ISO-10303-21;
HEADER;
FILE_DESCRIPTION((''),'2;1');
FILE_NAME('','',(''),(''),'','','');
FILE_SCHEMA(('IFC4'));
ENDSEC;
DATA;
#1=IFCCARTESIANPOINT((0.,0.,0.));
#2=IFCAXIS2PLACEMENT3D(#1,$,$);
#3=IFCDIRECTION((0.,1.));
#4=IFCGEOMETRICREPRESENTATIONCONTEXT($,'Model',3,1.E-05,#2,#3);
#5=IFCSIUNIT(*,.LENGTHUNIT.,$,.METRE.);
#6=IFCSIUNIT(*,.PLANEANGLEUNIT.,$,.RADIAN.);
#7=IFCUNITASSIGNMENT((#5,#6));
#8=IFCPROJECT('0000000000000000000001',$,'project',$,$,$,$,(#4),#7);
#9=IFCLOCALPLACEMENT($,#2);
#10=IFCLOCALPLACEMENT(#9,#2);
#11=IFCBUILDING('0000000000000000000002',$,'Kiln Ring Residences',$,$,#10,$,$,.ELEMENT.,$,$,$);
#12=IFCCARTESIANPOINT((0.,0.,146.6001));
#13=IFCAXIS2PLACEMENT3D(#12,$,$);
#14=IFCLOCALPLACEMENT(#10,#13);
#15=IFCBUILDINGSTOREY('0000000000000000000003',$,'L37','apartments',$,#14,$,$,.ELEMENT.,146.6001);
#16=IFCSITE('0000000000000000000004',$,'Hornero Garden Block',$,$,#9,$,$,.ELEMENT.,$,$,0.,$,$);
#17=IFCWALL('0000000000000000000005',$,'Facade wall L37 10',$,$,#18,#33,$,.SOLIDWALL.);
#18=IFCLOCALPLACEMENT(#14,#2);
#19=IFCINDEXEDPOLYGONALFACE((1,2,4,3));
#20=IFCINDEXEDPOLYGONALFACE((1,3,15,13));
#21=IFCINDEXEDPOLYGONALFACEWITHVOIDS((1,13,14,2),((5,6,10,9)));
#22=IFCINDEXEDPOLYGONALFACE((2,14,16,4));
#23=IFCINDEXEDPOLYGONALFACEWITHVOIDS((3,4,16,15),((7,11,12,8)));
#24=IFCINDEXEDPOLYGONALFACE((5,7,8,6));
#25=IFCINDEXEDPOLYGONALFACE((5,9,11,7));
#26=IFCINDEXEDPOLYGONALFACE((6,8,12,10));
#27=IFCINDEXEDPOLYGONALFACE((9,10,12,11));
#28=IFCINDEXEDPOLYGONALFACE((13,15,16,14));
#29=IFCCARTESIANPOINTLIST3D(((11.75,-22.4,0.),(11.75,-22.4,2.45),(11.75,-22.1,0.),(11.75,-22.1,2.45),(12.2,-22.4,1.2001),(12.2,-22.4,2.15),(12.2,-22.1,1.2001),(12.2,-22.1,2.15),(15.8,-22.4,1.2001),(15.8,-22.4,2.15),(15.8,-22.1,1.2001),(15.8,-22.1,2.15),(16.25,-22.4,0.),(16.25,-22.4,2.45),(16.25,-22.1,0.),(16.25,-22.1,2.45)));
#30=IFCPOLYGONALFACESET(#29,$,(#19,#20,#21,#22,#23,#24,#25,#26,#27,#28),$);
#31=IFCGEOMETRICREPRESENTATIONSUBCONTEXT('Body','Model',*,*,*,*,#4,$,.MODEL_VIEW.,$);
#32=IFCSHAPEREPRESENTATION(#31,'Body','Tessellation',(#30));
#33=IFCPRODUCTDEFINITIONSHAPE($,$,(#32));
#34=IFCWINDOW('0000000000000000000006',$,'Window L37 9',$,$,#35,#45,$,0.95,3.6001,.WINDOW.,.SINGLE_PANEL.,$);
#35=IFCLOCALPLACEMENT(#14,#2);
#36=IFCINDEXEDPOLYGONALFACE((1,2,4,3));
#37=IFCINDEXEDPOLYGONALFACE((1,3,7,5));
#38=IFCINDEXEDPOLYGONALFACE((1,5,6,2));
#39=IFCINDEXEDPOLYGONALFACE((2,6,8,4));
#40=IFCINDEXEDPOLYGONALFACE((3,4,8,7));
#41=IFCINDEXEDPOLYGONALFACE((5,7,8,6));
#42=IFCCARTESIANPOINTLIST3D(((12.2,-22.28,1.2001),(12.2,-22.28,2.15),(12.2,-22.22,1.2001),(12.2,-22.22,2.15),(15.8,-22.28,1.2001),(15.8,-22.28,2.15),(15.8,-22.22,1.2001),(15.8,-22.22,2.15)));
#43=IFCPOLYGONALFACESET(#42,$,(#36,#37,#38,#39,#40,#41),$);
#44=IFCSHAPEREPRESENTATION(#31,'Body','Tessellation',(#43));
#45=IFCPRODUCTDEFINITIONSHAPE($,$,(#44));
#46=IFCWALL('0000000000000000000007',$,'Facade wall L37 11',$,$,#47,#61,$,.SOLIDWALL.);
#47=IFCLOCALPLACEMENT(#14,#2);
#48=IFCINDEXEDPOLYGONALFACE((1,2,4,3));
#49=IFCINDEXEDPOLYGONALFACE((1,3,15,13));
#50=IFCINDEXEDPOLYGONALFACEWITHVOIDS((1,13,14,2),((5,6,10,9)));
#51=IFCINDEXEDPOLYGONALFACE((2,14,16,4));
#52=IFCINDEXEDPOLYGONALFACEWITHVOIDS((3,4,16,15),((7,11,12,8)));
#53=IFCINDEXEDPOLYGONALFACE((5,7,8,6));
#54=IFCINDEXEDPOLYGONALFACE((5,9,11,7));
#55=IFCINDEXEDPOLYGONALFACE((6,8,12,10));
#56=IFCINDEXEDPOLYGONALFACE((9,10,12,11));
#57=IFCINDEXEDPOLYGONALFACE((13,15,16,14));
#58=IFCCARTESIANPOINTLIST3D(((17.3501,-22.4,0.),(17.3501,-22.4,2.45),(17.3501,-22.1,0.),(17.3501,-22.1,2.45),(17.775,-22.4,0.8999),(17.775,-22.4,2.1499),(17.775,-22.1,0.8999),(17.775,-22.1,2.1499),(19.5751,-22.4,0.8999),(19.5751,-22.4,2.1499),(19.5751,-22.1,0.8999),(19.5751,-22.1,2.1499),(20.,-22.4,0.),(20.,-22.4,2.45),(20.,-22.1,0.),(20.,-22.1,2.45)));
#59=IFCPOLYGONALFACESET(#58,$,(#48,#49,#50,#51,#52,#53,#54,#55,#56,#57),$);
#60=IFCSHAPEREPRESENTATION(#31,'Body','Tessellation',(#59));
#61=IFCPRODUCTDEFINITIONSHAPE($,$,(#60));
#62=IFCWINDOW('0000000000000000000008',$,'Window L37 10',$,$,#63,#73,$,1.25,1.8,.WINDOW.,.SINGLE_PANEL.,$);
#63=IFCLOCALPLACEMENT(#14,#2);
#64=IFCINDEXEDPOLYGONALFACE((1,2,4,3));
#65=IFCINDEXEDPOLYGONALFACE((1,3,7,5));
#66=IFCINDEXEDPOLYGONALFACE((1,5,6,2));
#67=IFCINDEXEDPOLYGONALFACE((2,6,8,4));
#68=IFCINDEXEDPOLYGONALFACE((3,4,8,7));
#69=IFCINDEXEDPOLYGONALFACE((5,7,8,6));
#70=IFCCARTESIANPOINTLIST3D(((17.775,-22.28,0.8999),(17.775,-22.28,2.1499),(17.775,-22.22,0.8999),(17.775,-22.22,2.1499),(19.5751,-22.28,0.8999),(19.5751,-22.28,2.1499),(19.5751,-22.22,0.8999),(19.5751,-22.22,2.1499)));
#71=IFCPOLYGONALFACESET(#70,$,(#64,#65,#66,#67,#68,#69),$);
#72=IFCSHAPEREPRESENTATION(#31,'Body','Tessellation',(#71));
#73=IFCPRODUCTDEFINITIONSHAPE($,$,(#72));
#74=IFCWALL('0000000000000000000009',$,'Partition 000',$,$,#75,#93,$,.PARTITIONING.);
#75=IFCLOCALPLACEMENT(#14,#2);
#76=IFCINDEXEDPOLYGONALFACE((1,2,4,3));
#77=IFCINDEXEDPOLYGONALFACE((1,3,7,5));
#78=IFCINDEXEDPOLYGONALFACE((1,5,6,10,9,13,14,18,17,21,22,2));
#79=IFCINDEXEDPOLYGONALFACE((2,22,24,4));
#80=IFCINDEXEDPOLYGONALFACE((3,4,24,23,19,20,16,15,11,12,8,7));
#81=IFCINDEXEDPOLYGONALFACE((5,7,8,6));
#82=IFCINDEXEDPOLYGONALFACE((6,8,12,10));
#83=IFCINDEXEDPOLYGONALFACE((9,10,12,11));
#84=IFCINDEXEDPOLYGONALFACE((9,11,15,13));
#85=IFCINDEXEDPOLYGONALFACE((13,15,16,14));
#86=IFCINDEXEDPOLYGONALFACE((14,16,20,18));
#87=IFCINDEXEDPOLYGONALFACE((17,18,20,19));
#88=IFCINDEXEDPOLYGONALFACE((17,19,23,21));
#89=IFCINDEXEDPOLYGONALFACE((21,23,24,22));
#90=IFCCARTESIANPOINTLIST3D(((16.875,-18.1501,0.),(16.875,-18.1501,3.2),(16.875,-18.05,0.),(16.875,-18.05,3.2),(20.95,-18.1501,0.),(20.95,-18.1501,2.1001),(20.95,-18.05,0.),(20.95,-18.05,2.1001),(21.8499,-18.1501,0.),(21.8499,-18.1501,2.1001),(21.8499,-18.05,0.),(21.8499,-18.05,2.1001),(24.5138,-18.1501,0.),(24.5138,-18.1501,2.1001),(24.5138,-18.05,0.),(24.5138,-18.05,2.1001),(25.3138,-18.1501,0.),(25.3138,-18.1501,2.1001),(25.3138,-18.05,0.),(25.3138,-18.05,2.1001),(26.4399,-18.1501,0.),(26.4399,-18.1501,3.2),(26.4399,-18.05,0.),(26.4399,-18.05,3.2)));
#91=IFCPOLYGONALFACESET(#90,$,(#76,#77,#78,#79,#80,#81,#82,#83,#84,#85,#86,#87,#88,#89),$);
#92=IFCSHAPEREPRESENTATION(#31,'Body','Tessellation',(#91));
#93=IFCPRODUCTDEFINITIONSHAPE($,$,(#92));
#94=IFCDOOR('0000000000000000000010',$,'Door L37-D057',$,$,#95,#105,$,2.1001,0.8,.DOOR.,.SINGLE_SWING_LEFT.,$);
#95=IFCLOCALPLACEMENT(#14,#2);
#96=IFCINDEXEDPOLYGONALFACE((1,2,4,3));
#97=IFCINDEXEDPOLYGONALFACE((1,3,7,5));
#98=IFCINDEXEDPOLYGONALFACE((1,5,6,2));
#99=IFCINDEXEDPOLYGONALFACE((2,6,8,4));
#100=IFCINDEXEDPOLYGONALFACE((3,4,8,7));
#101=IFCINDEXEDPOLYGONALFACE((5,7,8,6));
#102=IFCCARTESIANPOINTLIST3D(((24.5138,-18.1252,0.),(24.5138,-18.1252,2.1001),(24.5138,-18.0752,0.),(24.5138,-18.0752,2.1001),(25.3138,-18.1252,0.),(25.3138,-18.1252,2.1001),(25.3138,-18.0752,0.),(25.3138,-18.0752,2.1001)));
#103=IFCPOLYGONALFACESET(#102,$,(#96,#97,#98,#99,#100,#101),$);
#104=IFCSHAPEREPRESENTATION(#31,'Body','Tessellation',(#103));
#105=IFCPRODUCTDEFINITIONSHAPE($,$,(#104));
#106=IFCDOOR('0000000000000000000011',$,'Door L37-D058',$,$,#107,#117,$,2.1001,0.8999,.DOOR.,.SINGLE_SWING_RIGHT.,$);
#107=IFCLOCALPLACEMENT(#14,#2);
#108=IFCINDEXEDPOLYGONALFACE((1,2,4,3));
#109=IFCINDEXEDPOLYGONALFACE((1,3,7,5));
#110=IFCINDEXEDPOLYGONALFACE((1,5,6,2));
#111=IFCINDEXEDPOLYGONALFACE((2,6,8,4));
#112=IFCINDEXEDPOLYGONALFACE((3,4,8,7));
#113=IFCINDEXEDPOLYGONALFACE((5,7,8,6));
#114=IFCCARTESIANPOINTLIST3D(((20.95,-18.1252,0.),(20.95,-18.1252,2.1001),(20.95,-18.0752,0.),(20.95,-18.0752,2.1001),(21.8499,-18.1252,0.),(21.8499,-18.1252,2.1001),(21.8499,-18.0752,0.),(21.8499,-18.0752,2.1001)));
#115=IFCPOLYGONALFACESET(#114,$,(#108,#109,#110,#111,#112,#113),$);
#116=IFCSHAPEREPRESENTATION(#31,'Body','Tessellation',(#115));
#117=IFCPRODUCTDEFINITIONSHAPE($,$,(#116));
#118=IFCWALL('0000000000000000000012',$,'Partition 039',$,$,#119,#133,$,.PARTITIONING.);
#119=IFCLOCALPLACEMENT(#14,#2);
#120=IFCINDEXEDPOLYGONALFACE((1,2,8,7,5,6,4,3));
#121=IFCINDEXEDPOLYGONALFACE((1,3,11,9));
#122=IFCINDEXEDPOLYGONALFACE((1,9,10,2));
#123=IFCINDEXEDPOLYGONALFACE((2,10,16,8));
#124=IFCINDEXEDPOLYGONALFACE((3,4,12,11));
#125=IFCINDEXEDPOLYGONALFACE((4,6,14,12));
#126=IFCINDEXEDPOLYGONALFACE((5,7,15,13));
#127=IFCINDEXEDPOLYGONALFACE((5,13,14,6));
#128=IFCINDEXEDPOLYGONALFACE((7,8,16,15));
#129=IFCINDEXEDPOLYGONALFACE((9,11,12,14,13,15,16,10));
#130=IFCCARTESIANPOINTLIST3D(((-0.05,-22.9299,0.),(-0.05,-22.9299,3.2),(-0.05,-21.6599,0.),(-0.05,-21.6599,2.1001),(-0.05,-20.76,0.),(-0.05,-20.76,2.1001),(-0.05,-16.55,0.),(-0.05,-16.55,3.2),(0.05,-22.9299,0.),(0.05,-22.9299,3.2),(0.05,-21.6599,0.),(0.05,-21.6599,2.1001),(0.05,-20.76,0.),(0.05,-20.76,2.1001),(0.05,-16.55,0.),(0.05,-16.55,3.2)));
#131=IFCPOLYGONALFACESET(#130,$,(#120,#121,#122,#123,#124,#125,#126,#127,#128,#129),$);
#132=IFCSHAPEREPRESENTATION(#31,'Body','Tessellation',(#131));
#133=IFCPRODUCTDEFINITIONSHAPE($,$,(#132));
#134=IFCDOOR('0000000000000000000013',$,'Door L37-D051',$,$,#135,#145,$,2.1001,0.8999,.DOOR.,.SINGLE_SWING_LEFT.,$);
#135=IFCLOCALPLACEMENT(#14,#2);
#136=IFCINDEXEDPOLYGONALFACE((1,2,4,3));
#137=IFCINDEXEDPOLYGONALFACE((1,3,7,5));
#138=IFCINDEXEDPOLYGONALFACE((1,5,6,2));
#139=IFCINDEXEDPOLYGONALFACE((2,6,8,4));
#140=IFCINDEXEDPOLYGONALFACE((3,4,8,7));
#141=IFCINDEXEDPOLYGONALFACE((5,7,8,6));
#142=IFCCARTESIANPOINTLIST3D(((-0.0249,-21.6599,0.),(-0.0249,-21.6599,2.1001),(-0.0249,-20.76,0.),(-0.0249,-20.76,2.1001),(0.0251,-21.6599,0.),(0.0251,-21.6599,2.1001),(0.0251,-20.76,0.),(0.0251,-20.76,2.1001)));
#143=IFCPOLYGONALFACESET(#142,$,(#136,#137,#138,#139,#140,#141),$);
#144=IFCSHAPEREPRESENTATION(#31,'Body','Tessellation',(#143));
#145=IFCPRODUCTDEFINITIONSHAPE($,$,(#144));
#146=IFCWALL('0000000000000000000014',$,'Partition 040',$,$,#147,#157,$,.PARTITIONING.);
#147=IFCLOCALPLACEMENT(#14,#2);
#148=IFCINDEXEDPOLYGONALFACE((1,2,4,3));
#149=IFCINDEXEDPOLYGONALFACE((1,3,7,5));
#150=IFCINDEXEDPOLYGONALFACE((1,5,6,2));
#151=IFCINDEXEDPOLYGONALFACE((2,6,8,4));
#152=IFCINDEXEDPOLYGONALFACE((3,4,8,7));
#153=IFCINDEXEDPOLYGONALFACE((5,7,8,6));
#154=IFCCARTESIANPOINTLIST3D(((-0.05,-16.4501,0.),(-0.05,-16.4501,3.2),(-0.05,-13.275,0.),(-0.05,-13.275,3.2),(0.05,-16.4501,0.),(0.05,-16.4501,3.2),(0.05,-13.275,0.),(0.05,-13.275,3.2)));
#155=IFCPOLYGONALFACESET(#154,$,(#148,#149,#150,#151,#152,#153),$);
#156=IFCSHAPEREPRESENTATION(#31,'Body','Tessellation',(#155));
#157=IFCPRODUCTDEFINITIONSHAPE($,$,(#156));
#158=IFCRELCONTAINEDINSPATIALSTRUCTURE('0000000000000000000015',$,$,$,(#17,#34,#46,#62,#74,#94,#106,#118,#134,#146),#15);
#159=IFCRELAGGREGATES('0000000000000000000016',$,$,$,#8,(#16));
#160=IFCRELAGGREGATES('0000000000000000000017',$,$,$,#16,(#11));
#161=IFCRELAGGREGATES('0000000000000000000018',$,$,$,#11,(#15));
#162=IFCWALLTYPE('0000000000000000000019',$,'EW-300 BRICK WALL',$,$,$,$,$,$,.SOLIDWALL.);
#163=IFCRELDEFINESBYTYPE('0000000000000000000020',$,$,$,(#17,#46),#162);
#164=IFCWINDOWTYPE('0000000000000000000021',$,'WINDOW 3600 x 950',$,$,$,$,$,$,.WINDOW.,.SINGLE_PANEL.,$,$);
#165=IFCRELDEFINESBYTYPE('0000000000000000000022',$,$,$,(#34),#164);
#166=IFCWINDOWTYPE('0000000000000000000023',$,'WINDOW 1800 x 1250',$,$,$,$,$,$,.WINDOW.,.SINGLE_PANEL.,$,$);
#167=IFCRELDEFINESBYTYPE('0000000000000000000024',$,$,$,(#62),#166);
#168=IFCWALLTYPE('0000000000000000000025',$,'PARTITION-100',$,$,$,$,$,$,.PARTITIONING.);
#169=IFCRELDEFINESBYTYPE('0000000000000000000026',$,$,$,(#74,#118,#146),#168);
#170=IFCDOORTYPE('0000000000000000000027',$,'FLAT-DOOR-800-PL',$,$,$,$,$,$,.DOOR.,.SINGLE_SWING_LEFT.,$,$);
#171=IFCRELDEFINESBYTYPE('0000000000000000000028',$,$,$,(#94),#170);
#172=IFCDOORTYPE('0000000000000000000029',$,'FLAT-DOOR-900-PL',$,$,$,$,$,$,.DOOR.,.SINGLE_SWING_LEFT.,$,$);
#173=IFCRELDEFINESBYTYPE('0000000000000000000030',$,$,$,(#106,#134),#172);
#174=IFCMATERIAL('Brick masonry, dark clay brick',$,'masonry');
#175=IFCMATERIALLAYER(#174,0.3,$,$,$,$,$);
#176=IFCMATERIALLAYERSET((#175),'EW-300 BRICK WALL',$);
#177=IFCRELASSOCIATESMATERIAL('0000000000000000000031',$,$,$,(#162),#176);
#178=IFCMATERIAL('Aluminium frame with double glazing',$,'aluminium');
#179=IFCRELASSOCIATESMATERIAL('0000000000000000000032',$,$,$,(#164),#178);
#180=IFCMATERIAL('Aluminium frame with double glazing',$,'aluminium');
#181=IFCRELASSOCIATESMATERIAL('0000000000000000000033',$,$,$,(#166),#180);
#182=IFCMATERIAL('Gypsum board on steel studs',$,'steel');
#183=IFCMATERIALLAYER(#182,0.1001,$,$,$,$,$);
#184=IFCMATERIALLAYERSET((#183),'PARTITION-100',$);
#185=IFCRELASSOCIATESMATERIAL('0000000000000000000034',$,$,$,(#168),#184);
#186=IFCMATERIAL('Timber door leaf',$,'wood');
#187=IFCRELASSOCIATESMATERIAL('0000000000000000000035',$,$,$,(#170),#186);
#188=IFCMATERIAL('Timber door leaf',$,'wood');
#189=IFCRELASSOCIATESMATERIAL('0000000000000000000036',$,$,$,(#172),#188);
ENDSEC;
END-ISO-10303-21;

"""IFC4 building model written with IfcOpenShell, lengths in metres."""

from ifc_helpers import new_model, si_unit, direction, frame, frame_2d, origin, place, context, subcontext, project, spatial, rectangle, extrude, material, layer, layer_set, type_object, element, fill, save


model = new_model("IFC4")

# Units and contexts
model_context = context("Model", 3, precision=1e-05, world=origin(), true_north=direction((0.0, 1.0)))
body_context = subcontext(model_context, "Body", "Model", "MODEL_VIEW")
ifc_project = project(units=[si_unit("LENGTHUNIT", "METRE"), si_unit("PLANEANGLEUNIT", "RADIAN")], contexts=[model_context])

# Site, building, storey
site_placement = place(None, origin())
site = spatial("IfcSite", under=ifc_project, at=site_placement, Name="Hornero Garden Block", CompositionType="ELEMENT", RefElevation=0.0)
building_placement = place(site_placement, origin())
building = spatial("IfcBuilding", under=site, at=building_placement, Name="Kiln Ring Residences", CompositionType="ELEMENT")
storey_placement = place(building_placement, frame((0.0, 0.0, 146.6001)))
storey = spatial("IfcBuildingStorey", under=building, at=storey_placement, Name="L37", Description="apartments", CompositionType="ELEMENT", Elevation=146.6001)

# Walls, openings, windows
ifc_material_1 = material(Name="Brick masonry, dark clay brick", Category="masonry")
ifc_layer_1 = layer(ifc_material_1, 0.3)
ifc_layer_set_1 = layer_set([ifc_layer_1], Name="EW-300 BRICK WALL")
wall_type_1 = type_object("IfcWallType", Name="EW-300 BRICK WALL", PredefinedType="SOLIDWALL", material=ifc_layer_set_1)
ifc_material_2 = material(Name="Aluminium frame with double glazing", Category="aluminium")
window_type_1 = type_object("IfcWindowType", Name="WINDOW 3600 x 950", PartitioningType="SINGLE_PANEL", PredefinedType="WINDOW", material=ifc_material_2)
wall_1_placement = place(storey_placement, frame((11.75, -22.25, 0.0), z_axis=(0.0, 0.0, 1.0), x_axis=(1.0, 0.0, 0.0)))
wall_1 = element("IfcWall", 1, at=wall_1_placement, inside=storey, type_object=wall_type_1, Name="Facade wall L37 10", PredefinedType="SOLIDWALL", context=body_context, shape_type="SweptSolid", body=[
    extrude(rectangle(XDim=4.5, YDim=0.3, at=frame_2d((2.25, 0.0))), origin(), (0.0, 0.0, 1.0), 2.45),
])
opening_1_placement = place(wall_1_placement, frame((0.45, 0.0, 1.2)))
opening_1 = element("IfcOpeningElement", 2, at=opening_1_placement, cuts=wall_1, PredefinedType="OPENING", context=body_context, shape_type="SweptSolid", body=[
    extrude(rectangle(XDim=3.6001, YDim=0.95, at=frame_2d((1.8, 0.4751))), frame((0.0, 0.1599, 0.0), z_axis=(0.0, -1.0, 0.0), x_axis=(1.0, 0.0, 0.0)), (0.0, 0.0, 1.0), 0.3201),
])
window_1_placement = place(opening_1_placement, origin())
window_1 = element("IfcWindow", 3, at=window_1_placement, inside=storey, type_object=window_type_1, Name="Window L37 9", OverallHeight=0.95, OverallWidth=3.6001, PartitioningType="SINGLE_PANEL", PredefinedType="WINDOW", context=body_context, shape_type="SweptSolid", body=[
    extrude(rectangle(XDim=3.6001, YDim=0.95, at=frame_2d((1.8, 0.4751))), frame((0.0, 0.03, 0.0), z_axis=(0.0, -1.0, 0.0), x_axis=(1.0, 0.0, 0.0)), (0.0, 0.0, 1.0), 0.0601),
])
fill(opening_1, window_1)
wall_2_placement = place(storey_placement, frame((17.3501, -22.25, 0.0), z_axis=(0.0, 0.0, 1.0), x_axis=(1.0, 0.0, 0.0)))
wall_2 = element("IfcWall", 4, at=wall_2_placement, inside=storey, type_object=wall_type_1, Name="Facade wall L37 11", PredefinedType="SOLIDWALL", context=body_context, shape_type="SweptSolid", body=[
    extrude(rectangle(XDim=2.6499, YDim=0.3, at=frame_2d((1.325, 0.0))), origin(), (0.0, 0.0, 1.0), 2.45),
])
opening_2_placement = place(wall_2_placement, frame((0.425, 0.0, 0.8999)))
opening_2 = element("IfcOpeningElement", 5, at=opening_2_placement, cuts=wall_2, PredefinedType="OPENING", context=body_context, shape_type="SweptSolid", body=[
    extrude(rectangle(XDim=1.8, YDim=1.25, at=frame_2d((0.8999, 0.625))), frame((0.0, 0.1599, 0.0), z_axis=(0.0, -1.0, 0.0), x_axis=(1.0, 0.0, 0.0)), (0.0, 0.0, 1.0), 0.3201),
])
ifc_material_3 = material(Name="Aluminium frame with double glazing", Category="aluminium")
window_type_2 = type_object("IfcWindowType", Name="WINDOW 1800 x 1250", PartitioningType="SINGLE_PANEL", PredefinedType="WINDOW", material=ifc_material_3)
window_2_placement = place(opening_2_placement, origin())
window_2 = element("IfcWindow", 6, at=window_2_placement, inside=storey, type_object=window_type_2, Name="Window L37 10", OverallHeight=1.25, OverallWidth=1.8, PartitioningType="SINGLE_PANEL", PredefinedType="WINDOW", context=body_context, shape_type="SweptSolid", body=[
    extrude(rectangle(XDim=1.8, YDim=1.25, at=frame_2d((0.8999, 0.625))), frame((0.0, 0.03, 0.0), z_axis=(0.0, -1.0, 0.0), x_axis=(1.0, 0.0, 0.0)), (0.0, 0.0, 1.0), 0.0601),
])
fill(opening_2, window_2)

# Wall, openings, doors
ifc_material_4 = material(Name="Gypsum board on steel studs", Category="steel")
ifc_layer_2 = layer(ifc_material_4, 0.1001)
ifc_layer_set_2 = layer_set([ifc_layer_2], Name="PARTITION-100")
wall_type_2 = type_object("IfcWallType", Name="PARTITION-100", PredefinedType="PARTITIONING", material=ifc_layer_set_2)
wall_3_placement = place(storey_placement, frame((16.875, -18.1001, 0.0), z_axis=(0.0, 0.0, 1.0), x_axis=(1.0, 0.0, 0.0)))
wall_3 = element("IfcWall", 7, at=wall_3_placement, inside=storey, type_object=wall_type_2, Name="Partition 000", PredefinedType="PARTITIONING", context=body_context, shape_type="SweptSolid", body=[
    extrude(rectangle(XDim=9.5649, YDim=0.1001, at=frame_2d((4.7825, 0.0))), origin(), (0.0, 0.0, 1.0), 3.2),
])
opening_3_placement = place(wall_3_placement, frame((7.6389, 0.0, 0.0)))
opening_3 = element("IfcOpeningElement", 8, at=opening_3_placement, cuts=wall_3, PredefinedType="OPENING", context=body_context, shape_type="SweptSolid", body=[
    extrude(rectangle(XDim=0.8, YDim=2.1001, at=frame_2d((0.3999, 1.05))), frame((0.0, 0.0601, 0.0), z_axis=(0.0, -1.0, 0.0), x_axis=(1.0, 0.0, 0.0)), (0.0, 0.0, 1.0), 0.1201),
])
opening_4_placement = place(wall_3_placement, frame((4.075, 0.0, 0.0)))
opening_4 = element("IfcOpeningElement", 9, at=opening_4_placement, cuts=wall_3, PredefinedType="OPENING", context=body_context, shape_type="SweptSolid", body=[
    extrude(rectangle(XDim=0.8999, YDim=2.1001, at=frame_2d((0.45, 1.05))), frame((0.0, 0.0601, 0.0), z_axis=(0.0, -1.0, 0.0), x_axis=(1.0, 0.0, 0.0)), (0.0, 0.0, 1.0), 0.1201),
])
ifc_material_5 = material(Name="Timber door leaf", Category="wood")
door_type_1 = type_object("IfcDoorType", Name="FLAT-DOOR-800-PL", OperationType="SINGLE_SWING_LEFT", PredefinedType="DOOR", material=ifc_material_5)
door_1_placement = place(opening_3_placement, origin())
door_1 = element("IfcDoor", 10, at=door_1_placement, inside=storey, type_object=door_type_1, Name="Door L37-D057", OperationType="SINGLE_SWING_LEFT", OverallHeight=2.1001, OverallWidth=0.8, PredefinedType="DOOR", context=body_context, shape_type="SweptSolid", body=[
    extrude(rectangle(XDim=0.8, YDim=2.1001, at=frame_2d((0.3999, 1.05))), frame((0.0, 0.0249, 0.0), z_axis=(0.0, -1.0, 0.0), x_axis=(1.0, 0.0, 0.0)), (0.0, 0.0, 1.0), 0.05),
])
fill(opening_3, door_1)
ifc_material_6 = material(Name="Timber door leaf", Category="wood")
door_type_2 = type_object("IfcDoorType", Name="FLAT-DOOR-900-PL", OperationType="SINGLE_SWING_LEFT", PredefinedType="DOOR", material=ifc_material_6)
door_2_placement = place(opening_4_placement, origin())
door_2 = element("IfcDoor", 11, at=door_2_placement, inside=storey, type_object=door_type_2, Name="Door L37-D058", OperationType="SINGLE_SWING_RIGHT", OverallHeight=2.1001, OverallWidth=0.8999, PredefinedType="DOOR", context=body_context, shape_type="SweptSolid", body=[
    extrude(rectangle(XDim=0.8999, YDim=2.1001, at=frame_2d((0.45, 1.05))), frame((0.0, 0.0249, 0.0), z_axis=(0.0, -1.0, 0.0), x_axis=(1.0, 0.0, 0.0)), (0.0, 0.0, 1.0), 0.05),
])
fill(opening_4, door_2)

# Wall, opening, door
wall_4_placement = place(storey_placement, frame((0.0, -22.9299, 0.0), z_axis=(0.0, 0.0, 1.0), x_axis=(0.0, 1.0, 0.0)))
wall_4 = element("IfcWall", 12, at=wall_4_placement, inside=storey, type_object=wall_type_2, Name="Partition 039", PredefinedType="PARTITIONING", context=body_context, shape_type="SweptSolid", body=[
    extrude(rectangle(XDim=6.3799, YDim=0.1001, at=frame_2d((3.1899, 0.0))), origin(), (0.0, 0.0, 1.0), 3.2),
])
opening_5_placement = place(wall_4_placement, frame((1.27, 0.0, 0.0)))
opening_5 = element("IfcOpeningElement", 13, at=opening_5_placement, cuts=wall_4, PredefinedType="OPENING", context=body_context, shape_type="SweptSolid", body=[
    extrude(rectangle(XDim=0.8999, YDim=2.1001, at=frame_2d((0.45, 1.05))), frame((0.0, 0.0601, 0.0), z_axis=(0.0, -1.0, 0.0), x_axis=(1.0, 0.0, 0.0)), (0.0, 0.0, 1.0), 0.1201),
])
door_3_placement = place(opening_5_placement, origin())
door_3 = element("IfcDoor", 14, at=door_3_placement, inside=storey, type_object=door_type_2, Name="Door L37-D051", OperationType="SINGLE_SWING_LEFT", OverallHeight=2.1001, OverallWidth=0.8999, PredefinedType="DOOR", context=body_context, shape_type="SweptSolid", body=[
    extrude(rectangle(XDim=0.8999, YDim=2.1001, at=frame_2d((0.45, 1.05))), frame((0.0, 0.0249, 0.0), z_axis=(0.0, -1.0, 0.0), x_axis=(1.0, 0.0, 0.0)), (0.0, 0.0, 1.0), 0.05),
])
fill(opening_5, door_3)

# Wall
wall_5_placement = place(storey_placement, frame((0.0, -16.45, 0.0), z_axis=(0.0, 0.0, 1.0), x_axis=(0.0, 1.0, 0.0)))
element("IfcWall", 15, at=wall_5_placement, inside=storey, type_object=wall_type_2, Name="Partition 040", PredefinedType="PARTITIONING", context=body_context, shape_type="SweptSolid", body=[
    extrude(rectangle(XDim=3.175, YDim=0.1001, at=frame_2d((1.5874, 0.0))), origin(), (0.0, 0.0, 1.0), 3.2),
])

save(model, "model.ifc")
